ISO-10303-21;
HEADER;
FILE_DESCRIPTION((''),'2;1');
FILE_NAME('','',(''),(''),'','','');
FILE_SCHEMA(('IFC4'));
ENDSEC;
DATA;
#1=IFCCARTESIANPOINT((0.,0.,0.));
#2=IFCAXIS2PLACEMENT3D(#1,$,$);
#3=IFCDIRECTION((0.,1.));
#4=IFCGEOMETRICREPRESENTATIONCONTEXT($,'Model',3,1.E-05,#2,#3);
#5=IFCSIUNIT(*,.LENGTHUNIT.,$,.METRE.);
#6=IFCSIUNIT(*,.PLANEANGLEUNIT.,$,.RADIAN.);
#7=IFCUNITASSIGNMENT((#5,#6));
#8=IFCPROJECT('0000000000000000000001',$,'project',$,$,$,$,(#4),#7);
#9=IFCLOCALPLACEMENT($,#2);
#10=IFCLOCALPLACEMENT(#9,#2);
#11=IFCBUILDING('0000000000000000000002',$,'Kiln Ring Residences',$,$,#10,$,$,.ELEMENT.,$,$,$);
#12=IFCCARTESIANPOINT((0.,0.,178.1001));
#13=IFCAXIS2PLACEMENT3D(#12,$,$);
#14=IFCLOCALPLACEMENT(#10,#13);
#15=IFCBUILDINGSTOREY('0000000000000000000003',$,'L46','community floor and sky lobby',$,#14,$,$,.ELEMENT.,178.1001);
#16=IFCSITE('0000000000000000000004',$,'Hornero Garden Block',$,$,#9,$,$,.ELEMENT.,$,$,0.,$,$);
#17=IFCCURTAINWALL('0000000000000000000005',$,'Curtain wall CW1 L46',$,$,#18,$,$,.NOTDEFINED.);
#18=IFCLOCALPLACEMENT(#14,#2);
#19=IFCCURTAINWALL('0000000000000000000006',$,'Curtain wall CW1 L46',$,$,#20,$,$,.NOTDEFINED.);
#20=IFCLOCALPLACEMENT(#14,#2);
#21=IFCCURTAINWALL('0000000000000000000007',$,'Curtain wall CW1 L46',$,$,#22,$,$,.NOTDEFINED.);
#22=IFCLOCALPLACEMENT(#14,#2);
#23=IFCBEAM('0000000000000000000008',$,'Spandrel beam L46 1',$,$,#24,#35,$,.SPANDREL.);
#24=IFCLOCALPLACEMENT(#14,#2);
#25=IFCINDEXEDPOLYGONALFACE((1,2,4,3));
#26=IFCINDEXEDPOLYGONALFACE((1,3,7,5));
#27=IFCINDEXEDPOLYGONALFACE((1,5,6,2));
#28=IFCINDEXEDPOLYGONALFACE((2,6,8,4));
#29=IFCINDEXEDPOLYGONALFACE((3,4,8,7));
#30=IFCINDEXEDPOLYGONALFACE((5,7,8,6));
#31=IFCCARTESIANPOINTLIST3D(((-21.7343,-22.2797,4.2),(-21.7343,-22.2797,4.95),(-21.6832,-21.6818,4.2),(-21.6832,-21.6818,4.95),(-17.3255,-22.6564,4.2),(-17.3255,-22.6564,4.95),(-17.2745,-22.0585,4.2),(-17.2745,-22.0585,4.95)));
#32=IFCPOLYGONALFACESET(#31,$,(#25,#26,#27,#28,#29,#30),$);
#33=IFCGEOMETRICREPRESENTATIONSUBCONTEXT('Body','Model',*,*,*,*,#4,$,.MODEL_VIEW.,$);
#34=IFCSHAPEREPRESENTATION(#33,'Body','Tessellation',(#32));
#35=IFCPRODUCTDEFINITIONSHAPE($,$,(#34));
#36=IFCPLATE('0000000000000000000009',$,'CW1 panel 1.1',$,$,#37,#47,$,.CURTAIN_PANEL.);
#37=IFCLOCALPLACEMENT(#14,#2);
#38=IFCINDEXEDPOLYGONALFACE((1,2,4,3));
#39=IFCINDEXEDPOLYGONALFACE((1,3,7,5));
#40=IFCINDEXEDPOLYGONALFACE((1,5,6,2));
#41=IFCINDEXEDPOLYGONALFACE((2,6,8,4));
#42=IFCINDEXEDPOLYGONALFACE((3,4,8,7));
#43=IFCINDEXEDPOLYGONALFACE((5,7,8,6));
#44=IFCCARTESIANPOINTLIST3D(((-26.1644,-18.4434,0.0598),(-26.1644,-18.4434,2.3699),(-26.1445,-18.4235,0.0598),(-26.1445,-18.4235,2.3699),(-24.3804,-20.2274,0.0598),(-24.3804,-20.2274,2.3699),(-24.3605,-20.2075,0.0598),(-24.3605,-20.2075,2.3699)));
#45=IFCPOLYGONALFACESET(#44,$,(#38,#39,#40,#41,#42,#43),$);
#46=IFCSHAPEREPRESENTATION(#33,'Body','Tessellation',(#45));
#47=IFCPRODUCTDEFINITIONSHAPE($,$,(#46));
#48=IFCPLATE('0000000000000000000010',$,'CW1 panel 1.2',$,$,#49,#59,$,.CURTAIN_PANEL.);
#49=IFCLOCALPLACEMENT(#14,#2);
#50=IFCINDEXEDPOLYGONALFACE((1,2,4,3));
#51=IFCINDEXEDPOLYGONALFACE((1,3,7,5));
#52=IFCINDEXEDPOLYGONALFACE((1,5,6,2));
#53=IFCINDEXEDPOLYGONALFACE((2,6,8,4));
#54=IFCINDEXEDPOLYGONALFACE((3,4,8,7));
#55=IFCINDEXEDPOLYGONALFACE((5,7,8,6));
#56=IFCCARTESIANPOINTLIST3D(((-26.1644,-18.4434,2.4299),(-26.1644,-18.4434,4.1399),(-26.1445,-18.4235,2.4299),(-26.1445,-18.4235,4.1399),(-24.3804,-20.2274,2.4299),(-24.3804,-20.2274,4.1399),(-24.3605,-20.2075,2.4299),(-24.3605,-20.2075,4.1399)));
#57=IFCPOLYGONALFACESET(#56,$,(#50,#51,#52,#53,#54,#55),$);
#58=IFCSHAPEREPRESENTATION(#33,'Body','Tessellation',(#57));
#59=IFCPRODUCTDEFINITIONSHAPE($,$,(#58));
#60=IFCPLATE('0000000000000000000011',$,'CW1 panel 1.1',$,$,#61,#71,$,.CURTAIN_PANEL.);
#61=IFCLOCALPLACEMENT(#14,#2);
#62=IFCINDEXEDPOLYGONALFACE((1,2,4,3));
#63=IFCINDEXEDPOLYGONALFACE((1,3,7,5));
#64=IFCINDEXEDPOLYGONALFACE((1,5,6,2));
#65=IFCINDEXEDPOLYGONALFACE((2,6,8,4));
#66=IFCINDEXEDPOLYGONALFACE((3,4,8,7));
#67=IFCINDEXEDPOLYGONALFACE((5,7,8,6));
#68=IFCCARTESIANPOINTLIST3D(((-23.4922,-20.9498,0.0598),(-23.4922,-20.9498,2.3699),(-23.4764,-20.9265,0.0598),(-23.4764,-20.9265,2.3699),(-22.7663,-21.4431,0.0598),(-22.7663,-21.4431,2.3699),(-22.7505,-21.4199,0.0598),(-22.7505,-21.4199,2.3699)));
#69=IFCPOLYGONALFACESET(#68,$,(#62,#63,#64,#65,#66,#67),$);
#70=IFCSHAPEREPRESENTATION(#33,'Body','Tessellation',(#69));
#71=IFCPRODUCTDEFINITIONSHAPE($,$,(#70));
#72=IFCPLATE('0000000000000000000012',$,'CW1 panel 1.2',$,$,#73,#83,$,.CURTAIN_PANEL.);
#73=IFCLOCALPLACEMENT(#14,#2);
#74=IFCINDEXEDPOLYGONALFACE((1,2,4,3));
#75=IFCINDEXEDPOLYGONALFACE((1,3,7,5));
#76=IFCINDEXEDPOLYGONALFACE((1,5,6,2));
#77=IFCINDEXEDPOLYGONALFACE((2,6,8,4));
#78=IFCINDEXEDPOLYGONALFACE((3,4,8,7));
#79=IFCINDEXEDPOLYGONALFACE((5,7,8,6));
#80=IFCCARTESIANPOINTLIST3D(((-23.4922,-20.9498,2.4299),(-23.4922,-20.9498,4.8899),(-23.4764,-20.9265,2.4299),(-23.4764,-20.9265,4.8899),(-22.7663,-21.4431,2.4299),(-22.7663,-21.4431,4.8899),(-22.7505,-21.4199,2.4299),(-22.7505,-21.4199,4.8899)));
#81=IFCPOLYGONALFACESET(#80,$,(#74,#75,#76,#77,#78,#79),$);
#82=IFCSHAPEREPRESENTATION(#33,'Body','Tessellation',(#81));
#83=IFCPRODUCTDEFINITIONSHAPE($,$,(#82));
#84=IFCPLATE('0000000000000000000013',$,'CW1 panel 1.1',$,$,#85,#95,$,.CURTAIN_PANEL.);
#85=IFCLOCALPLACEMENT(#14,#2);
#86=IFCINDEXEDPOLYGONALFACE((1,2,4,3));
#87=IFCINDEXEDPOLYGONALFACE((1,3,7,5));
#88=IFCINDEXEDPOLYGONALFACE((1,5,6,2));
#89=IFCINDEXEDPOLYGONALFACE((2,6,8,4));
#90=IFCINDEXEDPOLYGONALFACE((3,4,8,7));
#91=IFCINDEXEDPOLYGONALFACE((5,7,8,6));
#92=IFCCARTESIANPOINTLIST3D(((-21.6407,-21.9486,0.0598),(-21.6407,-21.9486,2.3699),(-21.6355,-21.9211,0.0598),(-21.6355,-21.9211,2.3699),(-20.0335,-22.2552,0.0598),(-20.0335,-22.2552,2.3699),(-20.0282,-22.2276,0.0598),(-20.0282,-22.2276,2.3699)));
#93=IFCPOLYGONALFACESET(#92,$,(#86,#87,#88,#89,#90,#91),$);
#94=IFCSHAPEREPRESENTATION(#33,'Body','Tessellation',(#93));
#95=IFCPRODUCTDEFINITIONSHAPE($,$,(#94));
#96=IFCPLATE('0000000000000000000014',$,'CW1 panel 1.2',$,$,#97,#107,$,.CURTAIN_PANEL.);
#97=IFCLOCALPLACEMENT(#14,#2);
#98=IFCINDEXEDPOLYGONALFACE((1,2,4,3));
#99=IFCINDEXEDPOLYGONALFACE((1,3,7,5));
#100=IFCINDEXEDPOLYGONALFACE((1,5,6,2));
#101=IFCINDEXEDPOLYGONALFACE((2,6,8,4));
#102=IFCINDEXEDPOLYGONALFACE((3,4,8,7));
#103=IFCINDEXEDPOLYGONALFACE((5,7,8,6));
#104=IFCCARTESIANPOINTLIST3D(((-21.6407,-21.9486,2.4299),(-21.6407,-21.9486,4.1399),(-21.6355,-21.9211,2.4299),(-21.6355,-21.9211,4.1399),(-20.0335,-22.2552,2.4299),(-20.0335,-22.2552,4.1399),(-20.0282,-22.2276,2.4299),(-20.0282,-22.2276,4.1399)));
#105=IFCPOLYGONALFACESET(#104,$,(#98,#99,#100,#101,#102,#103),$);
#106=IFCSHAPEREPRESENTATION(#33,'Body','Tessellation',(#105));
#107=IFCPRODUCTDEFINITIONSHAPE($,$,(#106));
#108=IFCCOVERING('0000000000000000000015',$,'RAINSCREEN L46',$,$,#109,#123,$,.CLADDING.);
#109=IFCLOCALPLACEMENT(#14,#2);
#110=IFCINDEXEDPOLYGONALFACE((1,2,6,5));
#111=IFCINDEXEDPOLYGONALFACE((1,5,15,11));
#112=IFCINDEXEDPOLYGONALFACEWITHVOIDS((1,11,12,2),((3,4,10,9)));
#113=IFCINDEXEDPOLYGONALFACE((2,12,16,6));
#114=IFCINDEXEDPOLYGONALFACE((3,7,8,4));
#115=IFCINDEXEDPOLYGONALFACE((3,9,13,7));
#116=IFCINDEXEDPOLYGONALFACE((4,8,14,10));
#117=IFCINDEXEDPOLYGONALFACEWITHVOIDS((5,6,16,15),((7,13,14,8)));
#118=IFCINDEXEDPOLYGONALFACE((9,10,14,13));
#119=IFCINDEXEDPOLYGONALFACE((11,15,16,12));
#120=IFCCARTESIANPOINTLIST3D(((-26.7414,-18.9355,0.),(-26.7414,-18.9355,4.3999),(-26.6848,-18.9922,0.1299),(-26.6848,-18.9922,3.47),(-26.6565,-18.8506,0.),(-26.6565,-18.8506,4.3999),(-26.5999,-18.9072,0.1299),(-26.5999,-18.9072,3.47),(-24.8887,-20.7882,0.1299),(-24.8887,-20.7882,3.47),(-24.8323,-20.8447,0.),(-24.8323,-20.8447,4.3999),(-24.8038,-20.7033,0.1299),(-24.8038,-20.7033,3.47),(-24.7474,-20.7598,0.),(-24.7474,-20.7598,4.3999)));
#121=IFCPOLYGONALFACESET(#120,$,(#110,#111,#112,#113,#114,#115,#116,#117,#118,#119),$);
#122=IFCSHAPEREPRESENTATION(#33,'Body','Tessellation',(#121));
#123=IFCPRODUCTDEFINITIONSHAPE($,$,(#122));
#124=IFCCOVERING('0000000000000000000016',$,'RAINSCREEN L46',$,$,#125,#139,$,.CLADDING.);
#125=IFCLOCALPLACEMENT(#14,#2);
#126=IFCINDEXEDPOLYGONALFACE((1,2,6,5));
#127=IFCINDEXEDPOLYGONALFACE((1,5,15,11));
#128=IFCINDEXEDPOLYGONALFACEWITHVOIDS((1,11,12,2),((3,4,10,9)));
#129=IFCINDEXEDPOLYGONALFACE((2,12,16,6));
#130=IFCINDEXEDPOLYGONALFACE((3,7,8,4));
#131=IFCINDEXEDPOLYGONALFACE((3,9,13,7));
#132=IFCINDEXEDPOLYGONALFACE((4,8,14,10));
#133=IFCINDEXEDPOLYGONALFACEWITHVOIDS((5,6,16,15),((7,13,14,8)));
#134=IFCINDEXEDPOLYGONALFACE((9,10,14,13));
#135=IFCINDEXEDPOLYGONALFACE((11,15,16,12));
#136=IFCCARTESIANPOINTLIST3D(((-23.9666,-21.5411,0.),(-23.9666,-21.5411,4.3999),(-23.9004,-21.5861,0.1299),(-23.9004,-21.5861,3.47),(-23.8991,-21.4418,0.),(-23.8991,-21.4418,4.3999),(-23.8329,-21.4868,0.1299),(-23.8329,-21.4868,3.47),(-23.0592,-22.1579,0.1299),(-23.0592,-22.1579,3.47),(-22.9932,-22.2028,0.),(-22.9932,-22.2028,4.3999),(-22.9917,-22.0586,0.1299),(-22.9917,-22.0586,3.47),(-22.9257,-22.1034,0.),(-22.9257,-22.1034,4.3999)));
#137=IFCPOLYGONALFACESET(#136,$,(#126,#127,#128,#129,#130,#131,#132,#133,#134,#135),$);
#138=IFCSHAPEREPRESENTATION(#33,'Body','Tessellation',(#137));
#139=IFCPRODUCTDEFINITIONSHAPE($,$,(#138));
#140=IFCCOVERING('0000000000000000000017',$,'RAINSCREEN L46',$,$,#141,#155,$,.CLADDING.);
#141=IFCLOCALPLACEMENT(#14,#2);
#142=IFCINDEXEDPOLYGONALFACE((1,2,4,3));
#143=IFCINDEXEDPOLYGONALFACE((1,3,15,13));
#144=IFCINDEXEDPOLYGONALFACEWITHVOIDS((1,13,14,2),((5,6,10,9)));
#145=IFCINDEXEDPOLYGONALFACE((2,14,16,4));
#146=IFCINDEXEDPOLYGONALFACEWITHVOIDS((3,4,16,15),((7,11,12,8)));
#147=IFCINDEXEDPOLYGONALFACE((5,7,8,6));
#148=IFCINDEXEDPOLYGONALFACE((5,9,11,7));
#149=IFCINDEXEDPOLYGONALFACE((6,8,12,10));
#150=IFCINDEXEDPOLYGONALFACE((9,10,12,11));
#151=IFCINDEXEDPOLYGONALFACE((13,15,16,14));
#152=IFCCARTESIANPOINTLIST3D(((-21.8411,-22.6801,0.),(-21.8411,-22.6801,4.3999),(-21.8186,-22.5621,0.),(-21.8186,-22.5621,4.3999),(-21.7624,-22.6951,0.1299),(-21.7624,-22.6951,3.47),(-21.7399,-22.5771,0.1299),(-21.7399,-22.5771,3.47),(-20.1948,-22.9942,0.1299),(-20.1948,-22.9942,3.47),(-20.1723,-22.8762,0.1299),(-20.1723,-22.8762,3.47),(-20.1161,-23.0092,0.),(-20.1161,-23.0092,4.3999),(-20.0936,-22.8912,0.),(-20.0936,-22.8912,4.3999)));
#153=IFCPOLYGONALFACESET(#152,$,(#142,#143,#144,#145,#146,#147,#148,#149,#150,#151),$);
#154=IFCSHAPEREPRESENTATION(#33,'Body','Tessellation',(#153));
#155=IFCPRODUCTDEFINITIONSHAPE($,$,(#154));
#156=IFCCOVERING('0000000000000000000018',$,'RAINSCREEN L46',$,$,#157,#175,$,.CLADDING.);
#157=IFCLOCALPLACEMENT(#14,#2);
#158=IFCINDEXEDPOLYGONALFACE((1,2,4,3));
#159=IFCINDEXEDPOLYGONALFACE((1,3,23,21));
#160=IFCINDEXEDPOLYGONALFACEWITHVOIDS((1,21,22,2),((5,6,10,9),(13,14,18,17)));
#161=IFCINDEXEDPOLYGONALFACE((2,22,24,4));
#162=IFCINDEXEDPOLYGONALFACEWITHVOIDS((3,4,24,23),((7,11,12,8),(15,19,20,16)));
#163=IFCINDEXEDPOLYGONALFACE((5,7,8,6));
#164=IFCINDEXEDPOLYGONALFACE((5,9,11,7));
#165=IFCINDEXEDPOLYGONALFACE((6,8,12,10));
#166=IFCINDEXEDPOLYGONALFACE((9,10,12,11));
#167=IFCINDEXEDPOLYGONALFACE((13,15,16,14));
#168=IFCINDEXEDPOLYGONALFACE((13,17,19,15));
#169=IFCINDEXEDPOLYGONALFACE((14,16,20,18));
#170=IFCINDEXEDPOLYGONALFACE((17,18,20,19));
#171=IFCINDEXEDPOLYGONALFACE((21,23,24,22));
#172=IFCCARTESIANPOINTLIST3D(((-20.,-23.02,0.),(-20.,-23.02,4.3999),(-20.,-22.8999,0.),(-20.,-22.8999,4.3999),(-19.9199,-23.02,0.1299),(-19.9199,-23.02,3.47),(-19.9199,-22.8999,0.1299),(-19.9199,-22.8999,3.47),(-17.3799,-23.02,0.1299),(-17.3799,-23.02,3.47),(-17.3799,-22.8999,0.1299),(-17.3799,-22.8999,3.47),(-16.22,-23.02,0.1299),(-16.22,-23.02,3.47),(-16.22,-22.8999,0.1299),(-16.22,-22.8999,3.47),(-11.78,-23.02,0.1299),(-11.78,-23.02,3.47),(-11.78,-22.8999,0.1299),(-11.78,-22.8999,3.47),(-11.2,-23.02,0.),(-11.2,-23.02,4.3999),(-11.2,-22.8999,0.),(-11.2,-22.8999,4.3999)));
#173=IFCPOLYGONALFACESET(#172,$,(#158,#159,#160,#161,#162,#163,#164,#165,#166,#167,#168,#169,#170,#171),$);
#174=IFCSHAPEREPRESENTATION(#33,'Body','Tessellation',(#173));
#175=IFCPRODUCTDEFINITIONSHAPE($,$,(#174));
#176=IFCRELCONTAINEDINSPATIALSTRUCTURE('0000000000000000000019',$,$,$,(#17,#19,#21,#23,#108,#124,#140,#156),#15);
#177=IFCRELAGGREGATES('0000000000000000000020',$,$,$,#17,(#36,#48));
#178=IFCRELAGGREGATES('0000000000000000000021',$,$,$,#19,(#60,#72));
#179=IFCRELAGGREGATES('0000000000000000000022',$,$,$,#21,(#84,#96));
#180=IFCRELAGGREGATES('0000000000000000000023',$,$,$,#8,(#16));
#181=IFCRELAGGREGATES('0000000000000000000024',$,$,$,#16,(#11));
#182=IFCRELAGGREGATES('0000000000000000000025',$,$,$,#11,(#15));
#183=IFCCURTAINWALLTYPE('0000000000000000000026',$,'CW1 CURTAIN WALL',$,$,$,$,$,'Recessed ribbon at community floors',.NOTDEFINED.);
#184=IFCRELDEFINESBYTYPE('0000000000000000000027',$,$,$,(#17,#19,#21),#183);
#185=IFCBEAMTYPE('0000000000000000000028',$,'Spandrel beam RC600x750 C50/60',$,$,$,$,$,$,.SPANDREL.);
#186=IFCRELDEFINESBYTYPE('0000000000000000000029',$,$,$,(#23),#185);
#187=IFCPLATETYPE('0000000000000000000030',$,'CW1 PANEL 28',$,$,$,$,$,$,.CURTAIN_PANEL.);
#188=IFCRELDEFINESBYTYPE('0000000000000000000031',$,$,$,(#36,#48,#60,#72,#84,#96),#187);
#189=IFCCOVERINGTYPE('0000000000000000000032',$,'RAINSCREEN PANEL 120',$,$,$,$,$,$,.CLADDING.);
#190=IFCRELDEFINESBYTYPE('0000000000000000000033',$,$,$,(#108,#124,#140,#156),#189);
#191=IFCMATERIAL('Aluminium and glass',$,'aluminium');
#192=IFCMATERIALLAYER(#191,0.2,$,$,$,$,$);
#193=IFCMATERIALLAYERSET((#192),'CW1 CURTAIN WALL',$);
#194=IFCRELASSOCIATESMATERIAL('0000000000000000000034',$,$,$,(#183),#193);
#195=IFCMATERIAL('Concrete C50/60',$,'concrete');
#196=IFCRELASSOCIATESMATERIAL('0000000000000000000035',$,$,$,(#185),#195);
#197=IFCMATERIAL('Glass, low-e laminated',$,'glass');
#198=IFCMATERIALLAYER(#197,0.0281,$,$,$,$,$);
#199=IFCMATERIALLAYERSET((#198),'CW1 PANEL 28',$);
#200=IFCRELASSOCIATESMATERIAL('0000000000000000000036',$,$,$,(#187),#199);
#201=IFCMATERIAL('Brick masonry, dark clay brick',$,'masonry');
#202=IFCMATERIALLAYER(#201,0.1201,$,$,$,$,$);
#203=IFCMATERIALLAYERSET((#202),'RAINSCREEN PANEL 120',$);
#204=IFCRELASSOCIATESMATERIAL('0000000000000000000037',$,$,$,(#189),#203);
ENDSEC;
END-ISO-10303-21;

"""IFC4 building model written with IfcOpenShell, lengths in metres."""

from ifc_helpers import new_model, si_unit, direction, frame, origin, origin_2d, place, context, subcontext, project, spatial, polyline, rectangle, outline, extrude, material, layer, layer_set, material_profile, profile_set, type_object, element, aggregate, save


model = new_model("IFC4")

# Units and contexts
model_context = context("Model", 3, precision=1e-05, world=origin(), true_north=direction((0.0, 1.0)))
body_context = subcontext(model_context, "Body", "Model", "MODEL_VIEW")
ifc_project = project(units=[si_unit("LENGTHUNIT", "METRE"), si_unit("PLANEANGLEUNIT", "RADIAN")], contexts=[model_context])

# Site, building, storey
site_placement = place(None, origin())
site = spatial("IfcSite", under=ifc_project, at=site_placement, Name="Hornero Garden Block", CompositionType="ELEMENT", RefElevation=0.0)
building_placement = place(site_placement, origin())
building = spatial("IfcBuilding", under=site, at=building_placement, Name="Kiln Ring Residences", CompositionType="ELEMENT")
storey_placement = place(building_placement, frame((0.0, 0.0, 178.1001)))
storey = spatial("IfcBuildingStorey", under=building, at=storey_placement, Name="L46", Description="community floor and sky lobby", CompositionType="ELEMENT", Elevation=178.1001)

# Curtain wall
ifc_material_1 = material(Name="Aluminium and glass", Category="aluminium")
ifc_layer_1 = layer(ifc_material_1, 0.2)
ifc_layer_set_1 = layer_set([ifc_layer_1], Name="CW1 CURTAIN WALL")
curtain_wall_type = type_object("IfcCurtainWallType", Name="CW1 CURTAIN WALL", ElementType="Recessed ribbon at community floors", PredefinedType="NOTDEFINED", material=ifc_layer_set_1)
placement = place(storey_placement, origin())
curtain_wall_1 = element("IfcCurtainWall", 1, at=placement, inside=storey, type_object=curtain_wall_type, Name="Curtain wall CW1 L46", PredefinedType="NOTDEFINED")

# Curtain walls
curtain_wall_2 = element("IfcCurtainWall", 2, at=placement, inside=storey, type_object=curtain_wall_type, Name="Curtain wall CW1 L46", PredefinedType="NOTDEFINED")
curtain_wall_3 = element("IfcCurtainWall", 3, at=placement, inside=storey, type_object=curtain_wall_type, Name="Curtain wall CW1 L46", PredefinedType="NOTDEFINED")

# Beam
ifc_material_2 = material(Name="Concrete C50/60", Category="concrete")
ifc_material_profile_1 = material_profile(ifc_material_2, rectangle(XDim=0.6001, YDim=0.75, at=origin_2d()), Name="RC600x750")
ifc_profile_set_1 = profile_set([ifc_material_profile_1], Name="Concrete C50/60")
beam_type = type_object("IfcBeamType", Name="Spandrel beam RC600x750 C50/60", PredefinedType="SPANDREL", material=ifc_profile_set_1)
beam_placement = place(storey_placement, frame((-21.7087, -21.9807, 4.575), z_axis=(0.996369, -0.085137, 0.0), x_axis=(0.085137, 0.996369, 0.0)))
element("IfcBeam", 4, at=beam_placement, inside=storey, type_object=beam_type, Name="Spandrel beam L46 1", PredefinedType="SPANDREL", context=body_context, shape_type="SweptSolid", body=[
    extrude(rectangle(XDim=0.6001, YDim=0.75, at=origin_2d()), origin(), (0.0, 0.0, 1.0), 4.4248),
])

# Plates
ifc_material_3 = material(Name="Glass, low-e laminated", Category="glass")
ifc_layer_2 = layer(ifc_material_3, 0.0281)
ifc_layer_set_2 = layer_set([ifc_layer_2], Name="CW1 PANEL 28")
plate_type = type_object("IfcPlateType", Name="CW1 PANEL 28", PredefinedType="CURTAIN_PANEL", material=ifc_layer_set_2)
plate_1_placement = place(storey_placement, frame((-25.2625, -19.3254, 0.0598), z_axis=(0.0, 0.0, 1.0), x_axis=(0.707107, -0.707107, 0.0)))
plate_1 = element("IfcPlate", 5, at=plate_1_placement, type_object=plate_type, Name="CW1 panel 1.1", PredefinedType="CURTAIN_PANEL", context=body_context, shape_type="SweptSolid", body=[
    extrude(rectangle(XDim=2.5229, YDim=0.0281, at=origin_2d()), origin(), (0.0, 0.0, 1.0), 2.3101),
])
plate_2_placement = place(storey_placement, frame((-25.2625, -19.3254, 2.4299), z_axis=(0.0, 0.0, 1.0), x_axis=(0.707107, -0.707107, 0.0)))
plate_2 = element("IfcPlate", 6, at=plate_2_placement, type_object=plate_type, Name="CW1 panel 1.2", PredefinedType="CURTAIN_PANEL", context=body_context, shape_type="SweptSolid", body=[
    extrude(rectangle(XDim=2.5229, YDim=0.0281, at=origin_2d()), origin(), (0.0, 0.0, 1.0), 1.71),
])
aggregate(curtain_wall_1, [plate_1, plate_2])
plate_3_placement = place(storey_placement, frame((-23.1213, -21.1848, 0.0598), z_axis=(0.0, 0.0, 1.0), x_axis=(0.827072, -0.562097, 0.0)))
plate_3 = element("IfcPlate", 7, at=plate_3_placement, type_object=plate_type, Name="CW1 panel 1.1", PredefinedType="CURTAIN_PANEL", context=body_context, shape_type="SweptSolid", body=[
    extrude(rectangle(XDim=0.8777, YDim=0.0281, at=origin_2d()), origin(), (0.0, 0.0, 1.0), 2.3101),
])
plate_4_placement = place(storey_placement, frame((-23.1213, -21.1848, 2.4299), z_axis=(0.0, 0.0, 1.0), x_axis=(0.827072, -0.562097, 0.0)))
plate_4 = element("IfcPlate", 8, at=plate_4_placement, type_object=plate_type, Name="CW1 panel 1.2", PredefinedType="CURTAIN_PANEL", context=body_context, shape_type="SweptSolid", body=[
    extrude(rectangle(XDim=0.8777, YDim=0.0281, at=origin_2d()), origin(), (0.0, 0.0, 1.0), 2.46),
])
aggregate(curtain_wall_2, [plate_3, plate_4])
plate_5_placement = place(storey_placement, frame((-20.8345, -22.0881, 0.0598), z_axis=(0.0, 0.0, 1.0), x_axis=(0.98229, -0.187366, 0.0)))
plate_5 = element("IfcPlate", 9, at=plate_5_placement, type_object=plate_type, Name="CW1 panel 1.1", PredefinedType="CURTAIN_PANEL", context=body_context, shape_type="SweptSolid", body=[
    extrude(rectangle(XDim=1.6362, YDim=0.0281, at=origin_2d()), origin(), (0.0, 0.0, 1.0), 2.3101),
])
plate_6_placement = place(storey_placement, frame((-20.8345, -22.0881, 2.4299), z_axis=(0.0, 0.0, 1.0), x_axis=(0.98229, -0.187366, 0.0)))
plate_6 = element("IfcPlate", 10, at=plate_6_placement, type_object=plate_type, Name="CW1 panel 1.2", PredefinedType="CURTAIN_PANEL", context=body_context, shape_type="SweptSolid", body=[
    extrude(rectangle(XDim=1.6362, YDim=0.0281, at=origin_2d()), origin(), (0.0, 0.0, 1.0), 1.71),
])
aggregate(curtain_wall_3, [plate_5, plate_6])

# Coverings
ifc_material_4 = material(Name="Brick masonry, dark clay brick", Category="masonry")
ifc_layer_3 = layer(ifc_material_4, 0.1201)
ifc_layer_set_3 = layer_set([ifc_layer_3], Name="RAINSCREEN PANEL 120")
covering_type = type_object("IfcCoveringType", Name="RAINSCREEN PANEL 120", PredefinedType="CLADDING", material=ifc_layer_set_3)
covering_1_placement = place(storey_placement, frame((-26.699, -18.8931, 0.0), z_axis=(0.0, 0.0, 1.0), x_axis=(0.707107, -0.707107, 0.0)))
element("IfcCovering", 11, at=covering_1_placement, inside=storey, type_object=covering_type, Name="RAINSCREEN L46", PredefinedType="CLADDING", context=body_context, shape_type="SweptSolid", body=[
    extrude(outline(polyline([(0.0, 0.0), (2.7, 0.0), (2.7, 4.3999), (0.0, 4.3999), (0.0, 0.0)]), holes=[polyline([(0.0801, 3.47), (0.0801, 0.1299), (2.6201, 0.1299), (2.6201, 3.47), (0.0801, 3.47)])]), frame((0.0, 0.0601, 0.0), z_axis=(0.0, -1.0, 0.0), x_axis=(1.0, 0.0, 0.0)), (0.0, 0.0, 1.0), 0.1201),
])
covering_2_placement = place(storey_placement, frame((-23.9329, -21.4915, 0.0), z_axis=(0.0, 0.0, 1.0), x_axis=(0.827038, -0.562145, 0.0)))
element("IfcCovering", 12, at=covering_2_placement, inside=storey, type_object=covering_type, Name="RAINSCREEN L46", PredefinedType="CLADDING", context=body_context, shape_type="SweptSolid", body=[
    extrude(outline(polyline([(0.0, 0.0), (1.177, 0.0), (1.177, 4.3999), (0.0, 4.3999), (0.0, 0.0)]), holes=[polyline([(0.0801, 3.47), (0.0801, 0.1299), (1.0972, 0.1299), (1.0972, 3.47), (0.0801, 3.47)])]), frame((0.0, 0.0601, 0.0), z_axis=(0.0, -1.0, 0.0), x_axis=(1.0, 0.0, 0.0)), (0.0, 0.0, 1.0), 0.1201),
])
covering_3_placement = place(storey_placement, frame((-21.8298, -22.6211, 0.0), z_axis=(0.0, 0.0, 1.0), x_axis=(0.98228, -0.187419, 0.0)))
element("IfcCovering", 13, at=covering_3_placement, inside=storey, type_object=covering_type, Name="RAINSCREEN L46", PredefinedType="CLADDING", context=body_context, shape_type="SweptSolid", body=[
    extrude(outline(polyline([(0.0, 0.0), (1.7561, 0.0), (1.7561, 4.3999), (0.0, 4.3999), (0.0, 0.0)]), holes=[polyline([(0.0801, 3.47), (0.0801, 0.1299), (1.676, 0.1299), (1.676, 3.47), (0.0801, 3.47)])]), frame((0.0, 0.0601, 0.0), z_axis=(0.0, -1.0, 0.0), x_axis=(1.0, 0.0, 0.0)), (0.0, 0.0, 1.0), 0.1201),
])
covering_4_placement = place(storey_placement, frame((-20.0, -22.96, 0.0), z_axis=(0.0, 0.0, 1.0), x_axis=(1.0, 0.0, 0.0)))
element("IfcCovering", 14, at=covering_4_placement, inside=storey, type_object=covering_type, Name="RAINSCREEN L46", PredefinedType="CLADDING", context=body_context, shape_type="SweptSolid", body=[
    extrude(outline(polyline([(0.0, 0.0), (8.8, 0.0), (8.8, 4.3999), (0.0, 4.3999), (0.0, 0.0)]), holes=[polyline([(2.6201, 3.47), (0.0801, 3.47), (0.0801, 0.1299), (2.6201, 0.1299), (2.6201, 3.47)]), polyline([(8.22, 3.47), (3.78, 3.47), (3.78, 0.1299), (8.22, 0.1299), (8.22, 3.47)])]), frame((0.0, 0.0601, 0.0), z_axis=(0.0, -1.0, 0.0), x_axis=(1.0, 0.0, 0.0)), (0.0, 0.0, 1.0), 0.1201),
])

save(model, "model.ifc")
